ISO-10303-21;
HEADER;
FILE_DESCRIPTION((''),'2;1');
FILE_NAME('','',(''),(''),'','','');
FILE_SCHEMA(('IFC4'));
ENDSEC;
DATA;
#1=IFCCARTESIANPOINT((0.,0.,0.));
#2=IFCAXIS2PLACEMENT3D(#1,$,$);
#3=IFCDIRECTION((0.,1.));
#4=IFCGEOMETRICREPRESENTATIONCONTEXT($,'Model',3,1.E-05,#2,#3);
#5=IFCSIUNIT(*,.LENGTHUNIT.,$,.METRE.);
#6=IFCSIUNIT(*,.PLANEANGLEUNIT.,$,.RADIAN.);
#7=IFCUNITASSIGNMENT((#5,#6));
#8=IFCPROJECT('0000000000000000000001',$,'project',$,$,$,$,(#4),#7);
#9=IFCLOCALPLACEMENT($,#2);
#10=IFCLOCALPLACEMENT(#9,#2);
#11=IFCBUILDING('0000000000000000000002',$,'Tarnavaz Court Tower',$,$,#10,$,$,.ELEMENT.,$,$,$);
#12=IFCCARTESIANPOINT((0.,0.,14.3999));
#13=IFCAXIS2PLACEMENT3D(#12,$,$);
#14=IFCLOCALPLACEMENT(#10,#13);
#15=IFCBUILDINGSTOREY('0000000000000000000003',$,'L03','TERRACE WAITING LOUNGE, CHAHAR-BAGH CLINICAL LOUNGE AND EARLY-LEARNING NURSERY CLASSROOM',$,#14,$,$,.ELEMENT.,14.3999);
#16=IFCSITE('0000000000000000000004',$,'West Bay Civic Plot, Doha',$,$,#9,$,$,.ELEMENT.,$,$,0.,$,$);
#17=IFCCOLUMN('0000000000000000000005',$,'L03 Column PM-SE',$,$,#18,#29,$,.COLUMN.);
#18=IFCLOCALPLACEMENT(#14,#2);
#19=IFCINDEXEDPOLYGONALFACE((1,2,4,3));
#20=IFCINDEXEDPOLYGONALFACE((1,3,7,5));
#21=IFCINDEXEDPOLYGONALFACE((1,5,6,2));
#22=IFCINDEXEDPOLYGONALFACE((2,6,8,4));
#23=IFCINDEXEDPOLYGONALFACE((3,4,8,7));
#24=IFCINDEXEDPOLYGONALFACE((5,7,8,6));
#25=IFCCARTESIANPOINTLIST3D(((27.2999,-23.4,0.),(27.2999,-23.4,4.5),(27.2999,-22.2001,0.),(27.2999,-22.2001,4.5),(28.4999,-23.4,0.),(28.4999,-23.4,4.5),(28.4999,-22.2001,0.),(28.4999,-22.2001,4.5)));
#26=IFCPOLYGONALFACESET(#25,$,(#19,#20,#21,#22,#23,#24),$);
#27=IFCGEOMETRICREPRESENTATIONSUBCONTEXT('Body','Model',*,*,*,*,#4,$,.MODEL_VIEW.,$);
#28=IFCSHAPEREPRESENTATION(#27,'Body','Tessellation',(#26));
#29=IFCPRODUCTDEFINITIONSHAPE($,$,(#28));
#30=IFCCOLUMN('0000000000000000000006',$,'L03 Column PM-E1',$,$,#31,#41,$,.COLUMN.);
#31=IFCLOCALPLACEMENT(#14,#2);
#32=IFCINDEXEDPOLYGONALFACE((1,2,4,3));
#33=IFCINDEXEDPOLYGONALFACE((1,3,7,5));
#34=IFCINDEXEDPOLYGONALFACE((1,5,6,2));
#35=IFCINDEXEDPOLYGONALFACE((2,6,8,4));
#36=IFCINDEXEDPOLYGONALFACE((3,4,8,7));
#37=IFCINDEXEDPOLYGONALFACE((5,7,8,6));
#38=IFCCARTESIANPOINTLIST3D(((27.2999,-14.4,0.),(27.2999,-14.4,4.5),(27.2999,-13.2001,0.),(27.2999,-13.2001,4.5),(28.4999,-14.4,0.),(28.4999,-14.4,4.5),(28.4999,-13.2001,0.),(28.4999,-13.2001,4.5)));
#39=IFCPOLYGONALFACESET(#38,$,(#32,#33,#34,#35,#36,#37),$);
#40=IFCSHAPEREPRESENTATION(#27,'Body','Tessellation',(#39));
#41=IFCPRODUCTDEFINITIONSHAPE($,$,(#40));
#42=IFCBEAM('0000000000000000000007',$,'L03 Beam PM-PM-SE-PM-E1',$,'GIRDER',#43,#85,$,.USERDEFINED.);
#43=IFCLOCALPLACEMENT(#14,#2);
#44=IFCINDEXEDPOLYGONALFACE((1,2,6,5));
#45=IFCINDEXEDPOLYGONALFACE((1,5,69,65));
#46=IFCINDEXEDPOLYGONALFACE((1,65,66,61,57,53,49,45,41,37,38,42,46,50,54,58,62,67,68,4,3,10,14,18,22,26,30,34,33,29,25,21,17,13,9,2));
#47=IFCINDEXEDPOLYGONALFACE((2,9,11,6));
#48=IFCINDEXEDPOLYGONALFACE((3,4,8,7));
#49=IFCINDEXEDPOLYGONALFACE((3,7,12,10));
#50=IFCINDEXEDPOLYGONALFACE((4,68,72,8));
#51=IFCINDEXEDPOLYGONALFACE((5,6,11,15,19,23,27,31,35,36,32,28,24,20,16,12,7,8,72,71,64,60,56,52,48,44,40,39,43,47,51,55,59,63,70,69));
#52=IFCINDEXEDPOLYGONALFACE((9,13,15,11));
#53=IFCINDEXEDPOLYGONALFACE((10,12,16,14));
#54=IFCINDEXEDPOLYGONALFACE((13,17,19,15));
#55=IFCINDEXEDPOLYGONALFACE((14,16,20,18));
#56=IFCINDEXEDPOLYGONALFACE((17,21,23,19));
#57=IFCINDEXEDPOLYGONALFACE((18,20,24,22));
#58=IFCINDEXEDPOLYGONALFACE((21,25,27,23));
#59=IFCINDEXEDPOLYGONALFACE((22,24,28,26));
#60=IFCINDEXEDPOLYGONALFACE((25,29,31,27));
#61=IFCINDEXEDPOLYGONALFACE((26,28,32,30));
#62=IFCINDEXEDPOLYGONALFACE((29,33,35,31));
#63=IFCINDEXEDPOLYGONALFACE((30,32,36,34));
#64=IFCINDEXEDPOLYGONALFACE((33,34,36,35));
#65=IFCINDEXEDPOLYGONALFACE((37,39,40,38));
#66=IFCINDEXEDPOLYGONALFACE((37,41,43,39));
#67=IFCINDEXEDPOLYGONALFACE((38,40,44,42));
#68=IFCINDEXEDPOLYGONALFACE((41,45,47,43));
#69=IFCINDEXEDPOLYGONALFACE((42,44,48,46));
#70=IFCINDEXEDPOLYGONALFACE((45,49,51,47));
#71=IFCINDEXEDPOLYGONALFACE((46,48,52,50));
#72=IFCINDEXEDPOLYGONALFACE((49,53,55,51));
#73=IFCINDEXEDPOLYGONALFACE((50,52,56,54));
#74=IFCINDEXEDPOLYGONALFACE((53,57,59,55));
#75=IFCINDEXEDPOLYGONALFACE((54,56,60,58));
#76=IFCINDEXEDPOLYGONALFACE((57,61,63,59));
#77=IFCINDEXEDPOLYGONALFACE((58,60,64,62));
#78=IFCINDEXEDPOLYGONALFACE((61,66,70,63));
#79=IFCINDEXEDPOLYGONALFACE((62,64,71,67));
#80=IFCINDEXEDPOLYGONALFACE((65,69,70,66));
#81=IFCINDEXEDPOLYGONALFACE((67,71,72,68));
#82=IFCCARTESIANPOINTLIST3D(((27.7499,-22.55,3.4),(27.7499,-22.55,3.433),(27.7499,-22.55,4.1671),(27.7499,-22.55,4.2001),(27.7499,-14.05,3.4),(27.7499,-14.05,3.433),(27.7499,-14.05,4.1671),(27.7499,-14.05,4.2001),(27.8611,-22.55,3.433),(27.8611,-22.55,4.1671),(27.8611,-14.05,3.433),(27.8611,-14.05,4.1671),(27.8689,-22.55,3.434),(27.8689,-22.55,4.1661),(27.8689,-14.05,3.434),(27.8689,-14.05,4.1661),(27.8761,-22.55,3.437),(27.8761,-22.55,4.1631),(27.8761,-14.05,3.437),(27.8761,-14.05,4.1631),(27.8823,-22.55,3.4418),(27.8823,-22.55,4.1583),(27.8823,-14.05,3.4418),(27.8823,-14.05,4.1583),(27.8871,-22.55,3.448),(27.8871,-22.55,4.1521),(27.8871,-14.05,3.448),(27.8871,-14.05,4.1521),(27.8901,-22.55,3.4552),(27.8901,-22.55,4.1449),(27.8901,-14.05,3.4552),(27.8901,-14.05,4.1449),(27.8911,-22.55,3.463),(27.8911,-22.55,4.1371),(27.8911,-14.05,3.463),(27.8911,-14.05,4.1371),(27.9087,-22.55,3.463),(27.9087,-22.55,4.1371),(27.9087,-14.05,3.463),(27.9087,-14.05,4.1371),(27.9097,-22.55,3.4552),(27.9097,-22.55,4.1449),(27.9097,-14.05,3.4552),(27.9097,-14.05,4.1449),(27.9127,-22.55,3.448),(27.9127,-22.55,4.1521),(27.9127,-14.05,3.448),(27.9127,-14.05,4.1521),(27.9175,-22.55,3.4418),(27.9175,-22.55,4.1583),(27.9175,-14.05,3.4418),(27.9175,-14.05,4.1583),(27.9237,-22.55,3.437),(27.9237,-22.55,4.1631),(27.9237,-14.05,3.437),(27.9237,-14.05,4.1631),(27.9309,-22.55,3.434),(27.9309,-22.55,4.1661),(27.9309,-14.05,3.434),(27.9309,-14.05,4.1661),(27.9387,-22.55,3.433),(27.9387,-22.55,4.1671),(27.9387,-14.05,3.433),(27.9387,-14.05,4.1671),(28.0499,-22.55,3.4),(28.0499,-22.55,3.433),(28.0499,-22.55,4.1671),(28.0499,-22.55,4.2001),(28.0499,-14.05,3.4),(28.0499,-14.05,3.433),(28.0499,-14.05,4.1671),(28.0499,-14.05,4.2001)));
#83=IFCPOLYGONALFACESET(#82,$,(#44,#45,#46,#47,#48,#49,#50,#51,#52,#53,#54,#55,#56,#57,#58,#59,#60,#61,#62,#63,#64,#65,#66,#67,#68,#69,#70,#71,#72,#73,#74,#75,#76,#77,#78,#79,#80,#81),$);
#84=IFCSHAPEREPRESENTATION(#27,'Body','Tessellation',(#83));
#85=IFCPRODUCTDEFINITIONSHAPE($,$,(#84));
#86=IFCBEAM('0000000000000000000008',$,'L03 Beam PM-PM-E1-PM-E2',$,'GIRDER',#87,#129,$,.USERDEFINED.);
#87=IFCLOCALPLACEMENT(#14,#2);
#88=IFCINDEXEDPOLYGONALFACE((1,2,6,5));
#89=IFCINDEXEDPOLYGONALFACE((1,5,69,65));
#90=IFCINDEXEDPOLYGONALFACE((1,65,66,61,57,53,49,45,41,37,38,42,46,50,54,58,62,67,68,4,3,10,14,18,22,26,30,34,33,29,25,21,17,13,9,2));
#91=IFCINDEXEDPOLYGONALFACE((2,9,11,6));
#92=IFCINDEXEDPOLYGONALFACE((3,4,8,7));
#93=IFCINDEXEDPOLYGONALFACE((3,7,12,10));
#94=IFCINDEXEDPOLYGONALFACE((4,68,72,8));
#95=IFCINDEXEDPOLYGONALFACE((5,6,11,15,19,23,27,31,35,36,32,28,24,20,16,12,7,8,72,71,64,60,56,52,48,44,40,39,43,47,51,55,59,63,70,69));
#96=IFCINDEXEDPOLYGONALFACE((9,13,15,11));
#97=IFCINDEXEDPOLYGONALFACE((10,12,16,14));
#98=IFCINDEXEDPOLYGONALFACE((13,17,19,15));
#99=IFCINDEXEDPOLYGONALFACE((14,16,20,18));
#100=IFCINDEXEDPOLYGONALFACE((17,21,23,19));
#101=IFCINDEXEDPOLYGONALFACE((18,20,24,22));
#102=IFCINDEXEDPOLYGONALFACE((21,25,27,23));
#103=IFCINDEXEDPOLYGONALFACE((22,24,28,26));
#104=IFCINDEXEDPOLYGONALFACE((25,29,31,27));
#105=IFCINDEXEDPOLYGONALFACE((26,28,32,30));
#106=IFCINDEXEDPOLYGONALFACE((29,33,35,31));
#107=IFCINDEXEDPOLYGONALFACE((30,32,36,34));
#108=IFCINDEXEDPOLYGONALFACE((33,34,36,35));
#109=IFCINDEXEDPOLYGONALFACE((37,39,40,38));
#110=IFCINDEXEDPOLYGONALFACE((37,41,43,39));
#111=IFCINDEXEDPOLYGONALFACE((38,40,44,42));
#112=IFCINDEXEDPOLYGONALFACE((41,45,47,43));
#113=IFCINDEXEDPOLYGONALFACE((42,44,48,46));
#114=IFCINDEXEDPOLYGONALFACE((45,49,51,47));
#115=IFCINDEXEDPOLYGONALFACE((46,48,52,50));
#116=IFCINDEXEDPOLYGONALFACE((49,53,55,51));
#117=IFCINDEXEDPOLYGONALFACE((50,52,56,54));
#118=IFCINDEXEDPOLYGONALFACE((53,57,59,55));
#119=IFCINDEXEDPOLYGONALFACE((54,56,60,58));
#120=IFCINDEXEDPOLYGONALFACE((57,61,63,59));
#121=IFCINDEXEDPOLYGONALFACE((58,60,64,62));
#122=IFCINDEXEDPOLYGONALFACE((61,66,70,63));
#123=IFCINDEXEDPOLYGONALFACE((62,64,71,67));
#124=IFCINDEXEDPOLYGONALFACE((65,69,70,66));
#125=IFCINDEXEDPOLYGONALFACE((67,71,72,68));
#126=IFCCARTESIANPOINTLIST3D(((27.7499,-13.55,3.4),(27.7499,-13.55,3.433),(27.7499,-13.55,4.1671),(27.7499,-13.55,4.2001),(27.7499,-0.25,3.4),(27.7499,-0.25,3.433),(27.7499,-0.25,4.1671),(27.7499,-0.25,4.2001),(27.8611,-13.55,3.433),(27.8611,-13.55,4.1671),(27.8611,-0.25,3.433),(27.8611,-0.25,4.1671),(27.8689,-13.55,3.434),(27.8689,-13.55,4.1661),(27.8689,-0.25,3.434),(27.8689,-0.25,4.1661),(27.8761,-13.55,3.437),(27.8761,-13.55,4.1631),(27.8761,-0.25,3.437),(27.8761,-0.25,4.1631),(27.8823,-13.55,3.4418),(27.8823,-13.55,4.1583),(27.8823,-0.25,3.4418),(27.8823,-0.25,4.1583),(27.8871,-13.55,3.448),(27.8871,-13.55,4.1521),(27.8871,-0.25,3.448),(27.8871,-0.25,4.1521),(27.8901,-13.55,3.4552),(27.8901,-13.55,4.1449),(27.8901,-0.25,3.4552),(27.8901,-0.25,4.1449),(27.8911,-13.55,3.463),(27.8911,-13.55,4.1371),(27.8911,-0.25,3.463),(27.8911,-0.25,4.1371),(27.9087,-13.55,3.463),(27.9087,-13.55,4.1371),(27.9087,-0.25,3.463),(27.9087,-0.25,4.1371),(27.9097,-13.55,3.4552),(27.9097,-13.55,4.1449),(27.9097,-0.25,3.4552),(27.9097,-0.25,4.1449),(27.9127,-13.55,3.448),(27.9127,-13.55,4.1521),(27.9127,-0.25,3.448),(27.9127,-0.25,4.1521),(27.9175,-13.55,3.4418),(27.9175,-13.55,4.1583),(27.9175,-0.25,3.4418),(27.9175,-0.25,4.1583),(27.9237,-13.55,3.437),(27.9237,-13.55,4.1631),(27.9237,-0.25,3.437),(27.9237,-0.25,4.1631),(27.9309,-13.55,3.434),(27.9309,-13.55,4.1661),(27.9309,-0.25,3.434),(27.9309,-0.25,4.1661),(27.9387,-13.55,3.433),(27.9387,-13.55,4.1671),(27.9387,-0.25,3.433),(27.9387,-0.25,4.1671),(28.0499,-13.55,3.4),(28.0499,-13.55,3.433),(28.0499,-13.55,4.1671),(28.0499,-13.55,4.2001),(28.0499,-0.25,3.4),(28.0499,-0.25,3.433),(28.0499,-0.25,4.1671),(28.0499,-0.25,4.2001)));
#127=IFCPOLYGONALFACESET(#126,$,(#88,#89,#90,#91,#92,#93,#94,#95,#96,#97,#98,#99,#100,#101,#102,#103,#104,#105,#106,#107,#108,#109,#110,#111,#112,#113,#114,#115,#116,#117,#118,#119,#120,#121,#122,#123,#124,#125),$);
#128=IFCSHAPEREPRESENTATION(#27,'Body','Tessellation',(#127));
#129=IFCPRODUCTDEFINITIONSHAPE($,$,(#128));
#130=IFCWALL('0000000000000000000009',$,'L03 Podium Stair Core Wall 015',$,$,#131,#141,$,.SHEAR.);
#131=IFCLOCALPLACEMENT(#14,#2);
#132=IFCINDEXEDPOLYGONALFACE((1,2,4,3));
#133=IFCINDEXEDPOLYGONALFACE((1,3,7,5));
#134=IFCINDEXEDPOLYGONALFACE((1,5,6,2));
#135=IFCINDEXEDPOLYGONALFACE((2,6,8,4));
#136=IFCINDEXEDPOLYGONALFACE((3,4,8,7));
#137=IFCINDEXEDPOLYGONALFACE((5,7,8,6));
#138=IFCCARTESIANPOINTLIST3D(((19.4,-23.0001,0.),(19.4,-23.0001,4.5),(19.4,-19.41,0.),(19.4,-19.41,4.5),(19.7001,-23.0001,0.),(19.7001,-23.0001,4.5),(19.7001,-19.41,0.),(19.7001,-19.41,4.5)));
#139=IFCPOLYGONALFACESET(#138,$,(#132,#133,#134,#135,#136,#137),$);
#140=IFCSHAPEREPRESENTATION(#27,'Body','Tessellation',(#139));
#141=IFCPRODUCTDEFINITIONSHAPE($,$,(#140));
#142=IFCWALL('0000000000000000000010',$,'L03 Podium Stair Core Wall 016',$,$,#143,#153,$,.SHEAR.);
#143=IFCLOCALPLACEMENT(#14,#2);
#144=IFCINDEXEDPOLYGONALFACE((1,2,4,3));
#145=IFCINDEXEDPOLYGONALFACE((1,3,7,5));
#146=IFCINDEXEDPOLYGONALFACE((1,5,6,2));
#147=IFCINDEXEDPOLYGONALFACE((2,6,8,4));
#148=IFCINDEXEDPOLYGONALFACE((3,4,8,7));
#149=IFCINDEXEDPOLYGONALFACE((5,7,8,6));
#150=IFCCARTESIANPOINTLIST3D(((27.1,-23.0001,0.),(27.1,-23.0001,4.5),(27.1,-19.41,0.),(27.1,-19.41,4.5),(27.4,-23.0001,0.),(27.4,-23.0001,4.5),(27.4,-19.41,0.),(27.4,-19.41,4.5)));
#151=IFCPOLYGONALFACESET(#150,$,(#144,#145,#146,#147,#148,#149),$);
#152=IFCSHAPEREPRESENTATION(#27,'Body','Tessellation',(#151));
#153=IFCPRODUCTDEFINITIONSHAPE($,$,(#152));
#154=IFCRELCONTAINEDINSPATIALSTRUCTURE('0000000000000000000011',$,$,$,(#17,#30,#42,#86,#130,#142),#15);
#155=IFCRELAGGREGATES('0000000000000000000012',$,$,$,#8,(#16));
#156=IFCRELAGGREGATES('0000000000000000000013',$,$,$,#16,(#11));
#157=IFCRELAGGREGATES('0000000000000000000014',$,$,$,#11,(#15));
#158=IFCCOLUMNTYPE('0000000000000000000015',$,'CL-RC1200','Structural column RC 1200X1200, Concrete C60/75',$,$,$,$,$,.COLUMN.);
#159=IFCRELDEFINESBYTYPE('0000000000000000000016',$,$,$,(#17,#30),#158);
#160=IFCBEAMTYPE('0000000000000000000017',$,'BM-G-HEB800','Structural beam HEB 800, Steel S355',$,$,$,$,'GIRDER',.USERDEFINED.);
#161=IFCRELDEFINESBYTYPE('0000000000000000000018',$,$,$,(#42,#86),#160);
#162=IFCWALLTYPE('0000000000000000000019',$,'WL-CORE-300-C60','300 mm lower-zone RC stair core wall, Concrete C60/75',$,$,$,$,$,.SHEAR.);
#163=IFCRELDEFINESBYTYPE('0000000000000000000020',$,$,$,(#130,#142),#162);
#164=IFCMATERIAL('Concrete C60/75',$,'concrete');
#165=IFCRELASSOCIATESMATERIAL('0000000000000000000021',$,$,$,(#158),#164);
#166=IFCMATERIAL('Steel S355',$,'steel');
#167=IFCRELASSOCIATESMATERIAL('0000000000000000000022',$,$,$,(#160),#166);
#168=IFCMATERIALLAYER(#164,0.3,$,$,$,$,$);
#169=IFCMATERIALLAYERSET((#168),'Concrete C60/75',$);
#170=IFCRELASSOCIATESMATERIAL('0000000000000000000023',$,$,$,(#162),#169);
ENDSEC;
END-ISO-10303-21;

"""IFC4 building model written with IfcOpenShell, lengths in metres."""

from ifc_helpers import new_model, si_unit, direction, frame, frame_2d, origin, origin_2d, place, context, subcontext, project, spatial, rectangle, i_section, extrude, material, layer, layer_set, material_profile, profile_set, type_object, element, save


model = new_model("IFC4")

# Units and contexts
model_context = context("Model", 3, precision=1e-05, world=origin(), true_north=direction((0.0, 1.0)))
body_context = subcontext(model_context, "Body", "Model", "MODEL_VIEW")
ifc_project = project(units=[si_unit("LENGTHUNIT", "METRE"), si_unit("PLANEANGLEUNIT", "RADIAN")], contexts=[model_context])

# Site, building, storey
site_placement = place(None, origin())
site = spatial("IfcSite", under=ifc_project, at=site_placement, Name="West Bay Civic Plot, Doha", CompositionType="ELEMENT", RefElevation=0.0)
building_placement = place(site_placement, origin())
building = spatial("IfcBuilding", under=site, at=building_placement, Name="Tarnavaz Court Tower", CompositionType="ELEMENT")
storey_placement = place(building_placement, frame((0.0, 0.0, 14.3999)))
storey = spatial("IfcBuildingStorey", under=building, at=storey_placement, Name="L03", Description="TERRACE WAITING LOUNGE, CHAHAR-BAGH CLINICAL LOUNGE AND EARLY-LEARNING NURSERY CLASSROOM", CompositionType="ELEMENT", Elevation=14.3999)

# Columns
ifc_material_1 = material(Name="Concrete C60/75", Category="concrete")
ifc_material_profile_1 = material_profile(ifc_material_1, rectangle(XDim=1.2, YDim=1.2, at=origin_2d()), Name="RC 1200X1200")
ifc_profile_set_1 = profile_set([ifc_material_profile_1], Name="Concrete C60/75")
column_type = type_object("IfcColumnType", Name="CL-RC1200", Description="Structural column RC 1200X1200, Concrete C60/75", PredefinedType="COLUMN", material=ifc_profile_set_1)
for number, where, z_axis, x_axis, name in (
    (1, (27.8999, -22.8, 0.0), (0.0, 0.0, 1.0), (1.0, 0.0, 0.0), "L03 Column PM-SE"),
    (2, (27.8999, -13.8, 0.0), (0.0, 0.0, 1.0), (1.0, 0.0, 0.0), "L03 Column PM-E1"),
):
    element("IfcColumn", number, at=place(storey_placement, frame(where, z_axis=z_axis, x_axis=x_axis)), inside=storey, type_object=column_type, Name=name, PredefinedType="COLUMN", context=body_context, shape_type="SweptSolid", body=[
        extrude(rectangle(XDim=1.2, YDim=1.2, at=origin_2d()), origin(), (0.0, 0.0, 1.0), 4.5),
    ])

# Beams
ifc_material_2 = material(Name="Steel S355", Category="steel")
ifc_material_profile_2 = material_profile(ifc_material_2, i_section(OverallWidth=0.3, OverallDepth=0.8, WebThickness=0.0176, FlangeThickness=0.033, FilletRadius=0.03, at=origin_2d()), Name="HEB 800")
ifc_profile_set_2 = profile_set([ifc_material_profile_2], Name="Steel S355")
beam_type = type_object("IfcBeamType", Name="BM-G-HEB800", Description="Structural beam HEB 800, Steel S355", ElementType="GIRDER", PredefinedType="USERDEFINED", material=ifc_profile_set_2)
beam_1_placement = place(storey_placement, frame((27.8999, -22.55, 3.8), z_axis=(0.0, 1.0, 0.0), x_axis=(-1.0, 0.0, 0.0)))
element("IfcBeam", 3, at=beam_1_placement, inside=storey, type_object=beam_type, Name="L03 Beam PM-PM-SE-PM-E1", ObjectType="GIRDER", PredefinedType="USERDEFINED", context=body_context, shape_type="SweptSolid", body=[
    extrude(i_section(OverallWidth=0.3, OverallDepth=0.8, WebThickness=0.0176, FlangeThickness=0.033, FilletRadius=0.03, at=origin_2d()), origin(), (0.0, 0.0, 1.0), 8.5),
])
beam_2_placement = place(storey_placement, frame((27.8999, -13.55, 3.8), z_axis=(0.0, 1.0, 0.0), x_axis=(-1.0, 0.0, 0.0)))
element("IfcBeam", 4, at=beam_2_placement, inside=storey, type_object=beam_type, Name="L03 Beam PM-PM-E1-PM-E2", ObjectType="GIRDER", PredefinedType="USERDEFINED", context=body_context, shape_type="SweptSolid", body=[
    extrude(i_section(OverallWidth=0.3, OverallDepth=0.8, WebThickness=0.0176, FlangeThickness=0.033, FilletRadius=0.03, at=origin_2d()), origin(), (0.0, 0.0, 1.0), 13.3),
])

# Walls
ifc_layer_1 = layer(ifc_material_1, 0.3)
ifc_layer_set_1 = layer_set([ifc_layer_1], Name="Concrete C60/75")
wall_type_1 = type_object("IfcWallType", Name="WL-CORE-300-C60", Description="300 mm lower-zone RC stair core wall, Concrete C60/75", PredefinedType="SHEAR", material=ifc_layer_set_1)
for number, where, z_axis, x_axis, name in (
    (5, (19.55, -23.0, 0.0), (0.0, 0.0, 1.0), (0.0, 1.0, 0.0), "L03 Podium Stair Core Wall 015"),
    (6, (27.25, -23.0, 0.0), (0.0, 0.0, 1.0), (0.0, 1.0, 0.0), "L03 Podium Stair Core Wall 016"),
):
    element("IfcWall", number, at=place(storey_placement, frame(where, z_axis=z_axis, x_axis=x_axis)), inside=storey, type_object=wall_type_1, Name=name, PredefinedType="SHEAR", context=body_context, shape_type="SweptSolid", body=[
        extrude(rectangle(XDim=3.5901, YDim=0.3, at=frame_2d((1.7949, 0.0))), origin(), (0.0, 0.0, 1.0), 4.5),
    ])

save(model, "model.ifc")
